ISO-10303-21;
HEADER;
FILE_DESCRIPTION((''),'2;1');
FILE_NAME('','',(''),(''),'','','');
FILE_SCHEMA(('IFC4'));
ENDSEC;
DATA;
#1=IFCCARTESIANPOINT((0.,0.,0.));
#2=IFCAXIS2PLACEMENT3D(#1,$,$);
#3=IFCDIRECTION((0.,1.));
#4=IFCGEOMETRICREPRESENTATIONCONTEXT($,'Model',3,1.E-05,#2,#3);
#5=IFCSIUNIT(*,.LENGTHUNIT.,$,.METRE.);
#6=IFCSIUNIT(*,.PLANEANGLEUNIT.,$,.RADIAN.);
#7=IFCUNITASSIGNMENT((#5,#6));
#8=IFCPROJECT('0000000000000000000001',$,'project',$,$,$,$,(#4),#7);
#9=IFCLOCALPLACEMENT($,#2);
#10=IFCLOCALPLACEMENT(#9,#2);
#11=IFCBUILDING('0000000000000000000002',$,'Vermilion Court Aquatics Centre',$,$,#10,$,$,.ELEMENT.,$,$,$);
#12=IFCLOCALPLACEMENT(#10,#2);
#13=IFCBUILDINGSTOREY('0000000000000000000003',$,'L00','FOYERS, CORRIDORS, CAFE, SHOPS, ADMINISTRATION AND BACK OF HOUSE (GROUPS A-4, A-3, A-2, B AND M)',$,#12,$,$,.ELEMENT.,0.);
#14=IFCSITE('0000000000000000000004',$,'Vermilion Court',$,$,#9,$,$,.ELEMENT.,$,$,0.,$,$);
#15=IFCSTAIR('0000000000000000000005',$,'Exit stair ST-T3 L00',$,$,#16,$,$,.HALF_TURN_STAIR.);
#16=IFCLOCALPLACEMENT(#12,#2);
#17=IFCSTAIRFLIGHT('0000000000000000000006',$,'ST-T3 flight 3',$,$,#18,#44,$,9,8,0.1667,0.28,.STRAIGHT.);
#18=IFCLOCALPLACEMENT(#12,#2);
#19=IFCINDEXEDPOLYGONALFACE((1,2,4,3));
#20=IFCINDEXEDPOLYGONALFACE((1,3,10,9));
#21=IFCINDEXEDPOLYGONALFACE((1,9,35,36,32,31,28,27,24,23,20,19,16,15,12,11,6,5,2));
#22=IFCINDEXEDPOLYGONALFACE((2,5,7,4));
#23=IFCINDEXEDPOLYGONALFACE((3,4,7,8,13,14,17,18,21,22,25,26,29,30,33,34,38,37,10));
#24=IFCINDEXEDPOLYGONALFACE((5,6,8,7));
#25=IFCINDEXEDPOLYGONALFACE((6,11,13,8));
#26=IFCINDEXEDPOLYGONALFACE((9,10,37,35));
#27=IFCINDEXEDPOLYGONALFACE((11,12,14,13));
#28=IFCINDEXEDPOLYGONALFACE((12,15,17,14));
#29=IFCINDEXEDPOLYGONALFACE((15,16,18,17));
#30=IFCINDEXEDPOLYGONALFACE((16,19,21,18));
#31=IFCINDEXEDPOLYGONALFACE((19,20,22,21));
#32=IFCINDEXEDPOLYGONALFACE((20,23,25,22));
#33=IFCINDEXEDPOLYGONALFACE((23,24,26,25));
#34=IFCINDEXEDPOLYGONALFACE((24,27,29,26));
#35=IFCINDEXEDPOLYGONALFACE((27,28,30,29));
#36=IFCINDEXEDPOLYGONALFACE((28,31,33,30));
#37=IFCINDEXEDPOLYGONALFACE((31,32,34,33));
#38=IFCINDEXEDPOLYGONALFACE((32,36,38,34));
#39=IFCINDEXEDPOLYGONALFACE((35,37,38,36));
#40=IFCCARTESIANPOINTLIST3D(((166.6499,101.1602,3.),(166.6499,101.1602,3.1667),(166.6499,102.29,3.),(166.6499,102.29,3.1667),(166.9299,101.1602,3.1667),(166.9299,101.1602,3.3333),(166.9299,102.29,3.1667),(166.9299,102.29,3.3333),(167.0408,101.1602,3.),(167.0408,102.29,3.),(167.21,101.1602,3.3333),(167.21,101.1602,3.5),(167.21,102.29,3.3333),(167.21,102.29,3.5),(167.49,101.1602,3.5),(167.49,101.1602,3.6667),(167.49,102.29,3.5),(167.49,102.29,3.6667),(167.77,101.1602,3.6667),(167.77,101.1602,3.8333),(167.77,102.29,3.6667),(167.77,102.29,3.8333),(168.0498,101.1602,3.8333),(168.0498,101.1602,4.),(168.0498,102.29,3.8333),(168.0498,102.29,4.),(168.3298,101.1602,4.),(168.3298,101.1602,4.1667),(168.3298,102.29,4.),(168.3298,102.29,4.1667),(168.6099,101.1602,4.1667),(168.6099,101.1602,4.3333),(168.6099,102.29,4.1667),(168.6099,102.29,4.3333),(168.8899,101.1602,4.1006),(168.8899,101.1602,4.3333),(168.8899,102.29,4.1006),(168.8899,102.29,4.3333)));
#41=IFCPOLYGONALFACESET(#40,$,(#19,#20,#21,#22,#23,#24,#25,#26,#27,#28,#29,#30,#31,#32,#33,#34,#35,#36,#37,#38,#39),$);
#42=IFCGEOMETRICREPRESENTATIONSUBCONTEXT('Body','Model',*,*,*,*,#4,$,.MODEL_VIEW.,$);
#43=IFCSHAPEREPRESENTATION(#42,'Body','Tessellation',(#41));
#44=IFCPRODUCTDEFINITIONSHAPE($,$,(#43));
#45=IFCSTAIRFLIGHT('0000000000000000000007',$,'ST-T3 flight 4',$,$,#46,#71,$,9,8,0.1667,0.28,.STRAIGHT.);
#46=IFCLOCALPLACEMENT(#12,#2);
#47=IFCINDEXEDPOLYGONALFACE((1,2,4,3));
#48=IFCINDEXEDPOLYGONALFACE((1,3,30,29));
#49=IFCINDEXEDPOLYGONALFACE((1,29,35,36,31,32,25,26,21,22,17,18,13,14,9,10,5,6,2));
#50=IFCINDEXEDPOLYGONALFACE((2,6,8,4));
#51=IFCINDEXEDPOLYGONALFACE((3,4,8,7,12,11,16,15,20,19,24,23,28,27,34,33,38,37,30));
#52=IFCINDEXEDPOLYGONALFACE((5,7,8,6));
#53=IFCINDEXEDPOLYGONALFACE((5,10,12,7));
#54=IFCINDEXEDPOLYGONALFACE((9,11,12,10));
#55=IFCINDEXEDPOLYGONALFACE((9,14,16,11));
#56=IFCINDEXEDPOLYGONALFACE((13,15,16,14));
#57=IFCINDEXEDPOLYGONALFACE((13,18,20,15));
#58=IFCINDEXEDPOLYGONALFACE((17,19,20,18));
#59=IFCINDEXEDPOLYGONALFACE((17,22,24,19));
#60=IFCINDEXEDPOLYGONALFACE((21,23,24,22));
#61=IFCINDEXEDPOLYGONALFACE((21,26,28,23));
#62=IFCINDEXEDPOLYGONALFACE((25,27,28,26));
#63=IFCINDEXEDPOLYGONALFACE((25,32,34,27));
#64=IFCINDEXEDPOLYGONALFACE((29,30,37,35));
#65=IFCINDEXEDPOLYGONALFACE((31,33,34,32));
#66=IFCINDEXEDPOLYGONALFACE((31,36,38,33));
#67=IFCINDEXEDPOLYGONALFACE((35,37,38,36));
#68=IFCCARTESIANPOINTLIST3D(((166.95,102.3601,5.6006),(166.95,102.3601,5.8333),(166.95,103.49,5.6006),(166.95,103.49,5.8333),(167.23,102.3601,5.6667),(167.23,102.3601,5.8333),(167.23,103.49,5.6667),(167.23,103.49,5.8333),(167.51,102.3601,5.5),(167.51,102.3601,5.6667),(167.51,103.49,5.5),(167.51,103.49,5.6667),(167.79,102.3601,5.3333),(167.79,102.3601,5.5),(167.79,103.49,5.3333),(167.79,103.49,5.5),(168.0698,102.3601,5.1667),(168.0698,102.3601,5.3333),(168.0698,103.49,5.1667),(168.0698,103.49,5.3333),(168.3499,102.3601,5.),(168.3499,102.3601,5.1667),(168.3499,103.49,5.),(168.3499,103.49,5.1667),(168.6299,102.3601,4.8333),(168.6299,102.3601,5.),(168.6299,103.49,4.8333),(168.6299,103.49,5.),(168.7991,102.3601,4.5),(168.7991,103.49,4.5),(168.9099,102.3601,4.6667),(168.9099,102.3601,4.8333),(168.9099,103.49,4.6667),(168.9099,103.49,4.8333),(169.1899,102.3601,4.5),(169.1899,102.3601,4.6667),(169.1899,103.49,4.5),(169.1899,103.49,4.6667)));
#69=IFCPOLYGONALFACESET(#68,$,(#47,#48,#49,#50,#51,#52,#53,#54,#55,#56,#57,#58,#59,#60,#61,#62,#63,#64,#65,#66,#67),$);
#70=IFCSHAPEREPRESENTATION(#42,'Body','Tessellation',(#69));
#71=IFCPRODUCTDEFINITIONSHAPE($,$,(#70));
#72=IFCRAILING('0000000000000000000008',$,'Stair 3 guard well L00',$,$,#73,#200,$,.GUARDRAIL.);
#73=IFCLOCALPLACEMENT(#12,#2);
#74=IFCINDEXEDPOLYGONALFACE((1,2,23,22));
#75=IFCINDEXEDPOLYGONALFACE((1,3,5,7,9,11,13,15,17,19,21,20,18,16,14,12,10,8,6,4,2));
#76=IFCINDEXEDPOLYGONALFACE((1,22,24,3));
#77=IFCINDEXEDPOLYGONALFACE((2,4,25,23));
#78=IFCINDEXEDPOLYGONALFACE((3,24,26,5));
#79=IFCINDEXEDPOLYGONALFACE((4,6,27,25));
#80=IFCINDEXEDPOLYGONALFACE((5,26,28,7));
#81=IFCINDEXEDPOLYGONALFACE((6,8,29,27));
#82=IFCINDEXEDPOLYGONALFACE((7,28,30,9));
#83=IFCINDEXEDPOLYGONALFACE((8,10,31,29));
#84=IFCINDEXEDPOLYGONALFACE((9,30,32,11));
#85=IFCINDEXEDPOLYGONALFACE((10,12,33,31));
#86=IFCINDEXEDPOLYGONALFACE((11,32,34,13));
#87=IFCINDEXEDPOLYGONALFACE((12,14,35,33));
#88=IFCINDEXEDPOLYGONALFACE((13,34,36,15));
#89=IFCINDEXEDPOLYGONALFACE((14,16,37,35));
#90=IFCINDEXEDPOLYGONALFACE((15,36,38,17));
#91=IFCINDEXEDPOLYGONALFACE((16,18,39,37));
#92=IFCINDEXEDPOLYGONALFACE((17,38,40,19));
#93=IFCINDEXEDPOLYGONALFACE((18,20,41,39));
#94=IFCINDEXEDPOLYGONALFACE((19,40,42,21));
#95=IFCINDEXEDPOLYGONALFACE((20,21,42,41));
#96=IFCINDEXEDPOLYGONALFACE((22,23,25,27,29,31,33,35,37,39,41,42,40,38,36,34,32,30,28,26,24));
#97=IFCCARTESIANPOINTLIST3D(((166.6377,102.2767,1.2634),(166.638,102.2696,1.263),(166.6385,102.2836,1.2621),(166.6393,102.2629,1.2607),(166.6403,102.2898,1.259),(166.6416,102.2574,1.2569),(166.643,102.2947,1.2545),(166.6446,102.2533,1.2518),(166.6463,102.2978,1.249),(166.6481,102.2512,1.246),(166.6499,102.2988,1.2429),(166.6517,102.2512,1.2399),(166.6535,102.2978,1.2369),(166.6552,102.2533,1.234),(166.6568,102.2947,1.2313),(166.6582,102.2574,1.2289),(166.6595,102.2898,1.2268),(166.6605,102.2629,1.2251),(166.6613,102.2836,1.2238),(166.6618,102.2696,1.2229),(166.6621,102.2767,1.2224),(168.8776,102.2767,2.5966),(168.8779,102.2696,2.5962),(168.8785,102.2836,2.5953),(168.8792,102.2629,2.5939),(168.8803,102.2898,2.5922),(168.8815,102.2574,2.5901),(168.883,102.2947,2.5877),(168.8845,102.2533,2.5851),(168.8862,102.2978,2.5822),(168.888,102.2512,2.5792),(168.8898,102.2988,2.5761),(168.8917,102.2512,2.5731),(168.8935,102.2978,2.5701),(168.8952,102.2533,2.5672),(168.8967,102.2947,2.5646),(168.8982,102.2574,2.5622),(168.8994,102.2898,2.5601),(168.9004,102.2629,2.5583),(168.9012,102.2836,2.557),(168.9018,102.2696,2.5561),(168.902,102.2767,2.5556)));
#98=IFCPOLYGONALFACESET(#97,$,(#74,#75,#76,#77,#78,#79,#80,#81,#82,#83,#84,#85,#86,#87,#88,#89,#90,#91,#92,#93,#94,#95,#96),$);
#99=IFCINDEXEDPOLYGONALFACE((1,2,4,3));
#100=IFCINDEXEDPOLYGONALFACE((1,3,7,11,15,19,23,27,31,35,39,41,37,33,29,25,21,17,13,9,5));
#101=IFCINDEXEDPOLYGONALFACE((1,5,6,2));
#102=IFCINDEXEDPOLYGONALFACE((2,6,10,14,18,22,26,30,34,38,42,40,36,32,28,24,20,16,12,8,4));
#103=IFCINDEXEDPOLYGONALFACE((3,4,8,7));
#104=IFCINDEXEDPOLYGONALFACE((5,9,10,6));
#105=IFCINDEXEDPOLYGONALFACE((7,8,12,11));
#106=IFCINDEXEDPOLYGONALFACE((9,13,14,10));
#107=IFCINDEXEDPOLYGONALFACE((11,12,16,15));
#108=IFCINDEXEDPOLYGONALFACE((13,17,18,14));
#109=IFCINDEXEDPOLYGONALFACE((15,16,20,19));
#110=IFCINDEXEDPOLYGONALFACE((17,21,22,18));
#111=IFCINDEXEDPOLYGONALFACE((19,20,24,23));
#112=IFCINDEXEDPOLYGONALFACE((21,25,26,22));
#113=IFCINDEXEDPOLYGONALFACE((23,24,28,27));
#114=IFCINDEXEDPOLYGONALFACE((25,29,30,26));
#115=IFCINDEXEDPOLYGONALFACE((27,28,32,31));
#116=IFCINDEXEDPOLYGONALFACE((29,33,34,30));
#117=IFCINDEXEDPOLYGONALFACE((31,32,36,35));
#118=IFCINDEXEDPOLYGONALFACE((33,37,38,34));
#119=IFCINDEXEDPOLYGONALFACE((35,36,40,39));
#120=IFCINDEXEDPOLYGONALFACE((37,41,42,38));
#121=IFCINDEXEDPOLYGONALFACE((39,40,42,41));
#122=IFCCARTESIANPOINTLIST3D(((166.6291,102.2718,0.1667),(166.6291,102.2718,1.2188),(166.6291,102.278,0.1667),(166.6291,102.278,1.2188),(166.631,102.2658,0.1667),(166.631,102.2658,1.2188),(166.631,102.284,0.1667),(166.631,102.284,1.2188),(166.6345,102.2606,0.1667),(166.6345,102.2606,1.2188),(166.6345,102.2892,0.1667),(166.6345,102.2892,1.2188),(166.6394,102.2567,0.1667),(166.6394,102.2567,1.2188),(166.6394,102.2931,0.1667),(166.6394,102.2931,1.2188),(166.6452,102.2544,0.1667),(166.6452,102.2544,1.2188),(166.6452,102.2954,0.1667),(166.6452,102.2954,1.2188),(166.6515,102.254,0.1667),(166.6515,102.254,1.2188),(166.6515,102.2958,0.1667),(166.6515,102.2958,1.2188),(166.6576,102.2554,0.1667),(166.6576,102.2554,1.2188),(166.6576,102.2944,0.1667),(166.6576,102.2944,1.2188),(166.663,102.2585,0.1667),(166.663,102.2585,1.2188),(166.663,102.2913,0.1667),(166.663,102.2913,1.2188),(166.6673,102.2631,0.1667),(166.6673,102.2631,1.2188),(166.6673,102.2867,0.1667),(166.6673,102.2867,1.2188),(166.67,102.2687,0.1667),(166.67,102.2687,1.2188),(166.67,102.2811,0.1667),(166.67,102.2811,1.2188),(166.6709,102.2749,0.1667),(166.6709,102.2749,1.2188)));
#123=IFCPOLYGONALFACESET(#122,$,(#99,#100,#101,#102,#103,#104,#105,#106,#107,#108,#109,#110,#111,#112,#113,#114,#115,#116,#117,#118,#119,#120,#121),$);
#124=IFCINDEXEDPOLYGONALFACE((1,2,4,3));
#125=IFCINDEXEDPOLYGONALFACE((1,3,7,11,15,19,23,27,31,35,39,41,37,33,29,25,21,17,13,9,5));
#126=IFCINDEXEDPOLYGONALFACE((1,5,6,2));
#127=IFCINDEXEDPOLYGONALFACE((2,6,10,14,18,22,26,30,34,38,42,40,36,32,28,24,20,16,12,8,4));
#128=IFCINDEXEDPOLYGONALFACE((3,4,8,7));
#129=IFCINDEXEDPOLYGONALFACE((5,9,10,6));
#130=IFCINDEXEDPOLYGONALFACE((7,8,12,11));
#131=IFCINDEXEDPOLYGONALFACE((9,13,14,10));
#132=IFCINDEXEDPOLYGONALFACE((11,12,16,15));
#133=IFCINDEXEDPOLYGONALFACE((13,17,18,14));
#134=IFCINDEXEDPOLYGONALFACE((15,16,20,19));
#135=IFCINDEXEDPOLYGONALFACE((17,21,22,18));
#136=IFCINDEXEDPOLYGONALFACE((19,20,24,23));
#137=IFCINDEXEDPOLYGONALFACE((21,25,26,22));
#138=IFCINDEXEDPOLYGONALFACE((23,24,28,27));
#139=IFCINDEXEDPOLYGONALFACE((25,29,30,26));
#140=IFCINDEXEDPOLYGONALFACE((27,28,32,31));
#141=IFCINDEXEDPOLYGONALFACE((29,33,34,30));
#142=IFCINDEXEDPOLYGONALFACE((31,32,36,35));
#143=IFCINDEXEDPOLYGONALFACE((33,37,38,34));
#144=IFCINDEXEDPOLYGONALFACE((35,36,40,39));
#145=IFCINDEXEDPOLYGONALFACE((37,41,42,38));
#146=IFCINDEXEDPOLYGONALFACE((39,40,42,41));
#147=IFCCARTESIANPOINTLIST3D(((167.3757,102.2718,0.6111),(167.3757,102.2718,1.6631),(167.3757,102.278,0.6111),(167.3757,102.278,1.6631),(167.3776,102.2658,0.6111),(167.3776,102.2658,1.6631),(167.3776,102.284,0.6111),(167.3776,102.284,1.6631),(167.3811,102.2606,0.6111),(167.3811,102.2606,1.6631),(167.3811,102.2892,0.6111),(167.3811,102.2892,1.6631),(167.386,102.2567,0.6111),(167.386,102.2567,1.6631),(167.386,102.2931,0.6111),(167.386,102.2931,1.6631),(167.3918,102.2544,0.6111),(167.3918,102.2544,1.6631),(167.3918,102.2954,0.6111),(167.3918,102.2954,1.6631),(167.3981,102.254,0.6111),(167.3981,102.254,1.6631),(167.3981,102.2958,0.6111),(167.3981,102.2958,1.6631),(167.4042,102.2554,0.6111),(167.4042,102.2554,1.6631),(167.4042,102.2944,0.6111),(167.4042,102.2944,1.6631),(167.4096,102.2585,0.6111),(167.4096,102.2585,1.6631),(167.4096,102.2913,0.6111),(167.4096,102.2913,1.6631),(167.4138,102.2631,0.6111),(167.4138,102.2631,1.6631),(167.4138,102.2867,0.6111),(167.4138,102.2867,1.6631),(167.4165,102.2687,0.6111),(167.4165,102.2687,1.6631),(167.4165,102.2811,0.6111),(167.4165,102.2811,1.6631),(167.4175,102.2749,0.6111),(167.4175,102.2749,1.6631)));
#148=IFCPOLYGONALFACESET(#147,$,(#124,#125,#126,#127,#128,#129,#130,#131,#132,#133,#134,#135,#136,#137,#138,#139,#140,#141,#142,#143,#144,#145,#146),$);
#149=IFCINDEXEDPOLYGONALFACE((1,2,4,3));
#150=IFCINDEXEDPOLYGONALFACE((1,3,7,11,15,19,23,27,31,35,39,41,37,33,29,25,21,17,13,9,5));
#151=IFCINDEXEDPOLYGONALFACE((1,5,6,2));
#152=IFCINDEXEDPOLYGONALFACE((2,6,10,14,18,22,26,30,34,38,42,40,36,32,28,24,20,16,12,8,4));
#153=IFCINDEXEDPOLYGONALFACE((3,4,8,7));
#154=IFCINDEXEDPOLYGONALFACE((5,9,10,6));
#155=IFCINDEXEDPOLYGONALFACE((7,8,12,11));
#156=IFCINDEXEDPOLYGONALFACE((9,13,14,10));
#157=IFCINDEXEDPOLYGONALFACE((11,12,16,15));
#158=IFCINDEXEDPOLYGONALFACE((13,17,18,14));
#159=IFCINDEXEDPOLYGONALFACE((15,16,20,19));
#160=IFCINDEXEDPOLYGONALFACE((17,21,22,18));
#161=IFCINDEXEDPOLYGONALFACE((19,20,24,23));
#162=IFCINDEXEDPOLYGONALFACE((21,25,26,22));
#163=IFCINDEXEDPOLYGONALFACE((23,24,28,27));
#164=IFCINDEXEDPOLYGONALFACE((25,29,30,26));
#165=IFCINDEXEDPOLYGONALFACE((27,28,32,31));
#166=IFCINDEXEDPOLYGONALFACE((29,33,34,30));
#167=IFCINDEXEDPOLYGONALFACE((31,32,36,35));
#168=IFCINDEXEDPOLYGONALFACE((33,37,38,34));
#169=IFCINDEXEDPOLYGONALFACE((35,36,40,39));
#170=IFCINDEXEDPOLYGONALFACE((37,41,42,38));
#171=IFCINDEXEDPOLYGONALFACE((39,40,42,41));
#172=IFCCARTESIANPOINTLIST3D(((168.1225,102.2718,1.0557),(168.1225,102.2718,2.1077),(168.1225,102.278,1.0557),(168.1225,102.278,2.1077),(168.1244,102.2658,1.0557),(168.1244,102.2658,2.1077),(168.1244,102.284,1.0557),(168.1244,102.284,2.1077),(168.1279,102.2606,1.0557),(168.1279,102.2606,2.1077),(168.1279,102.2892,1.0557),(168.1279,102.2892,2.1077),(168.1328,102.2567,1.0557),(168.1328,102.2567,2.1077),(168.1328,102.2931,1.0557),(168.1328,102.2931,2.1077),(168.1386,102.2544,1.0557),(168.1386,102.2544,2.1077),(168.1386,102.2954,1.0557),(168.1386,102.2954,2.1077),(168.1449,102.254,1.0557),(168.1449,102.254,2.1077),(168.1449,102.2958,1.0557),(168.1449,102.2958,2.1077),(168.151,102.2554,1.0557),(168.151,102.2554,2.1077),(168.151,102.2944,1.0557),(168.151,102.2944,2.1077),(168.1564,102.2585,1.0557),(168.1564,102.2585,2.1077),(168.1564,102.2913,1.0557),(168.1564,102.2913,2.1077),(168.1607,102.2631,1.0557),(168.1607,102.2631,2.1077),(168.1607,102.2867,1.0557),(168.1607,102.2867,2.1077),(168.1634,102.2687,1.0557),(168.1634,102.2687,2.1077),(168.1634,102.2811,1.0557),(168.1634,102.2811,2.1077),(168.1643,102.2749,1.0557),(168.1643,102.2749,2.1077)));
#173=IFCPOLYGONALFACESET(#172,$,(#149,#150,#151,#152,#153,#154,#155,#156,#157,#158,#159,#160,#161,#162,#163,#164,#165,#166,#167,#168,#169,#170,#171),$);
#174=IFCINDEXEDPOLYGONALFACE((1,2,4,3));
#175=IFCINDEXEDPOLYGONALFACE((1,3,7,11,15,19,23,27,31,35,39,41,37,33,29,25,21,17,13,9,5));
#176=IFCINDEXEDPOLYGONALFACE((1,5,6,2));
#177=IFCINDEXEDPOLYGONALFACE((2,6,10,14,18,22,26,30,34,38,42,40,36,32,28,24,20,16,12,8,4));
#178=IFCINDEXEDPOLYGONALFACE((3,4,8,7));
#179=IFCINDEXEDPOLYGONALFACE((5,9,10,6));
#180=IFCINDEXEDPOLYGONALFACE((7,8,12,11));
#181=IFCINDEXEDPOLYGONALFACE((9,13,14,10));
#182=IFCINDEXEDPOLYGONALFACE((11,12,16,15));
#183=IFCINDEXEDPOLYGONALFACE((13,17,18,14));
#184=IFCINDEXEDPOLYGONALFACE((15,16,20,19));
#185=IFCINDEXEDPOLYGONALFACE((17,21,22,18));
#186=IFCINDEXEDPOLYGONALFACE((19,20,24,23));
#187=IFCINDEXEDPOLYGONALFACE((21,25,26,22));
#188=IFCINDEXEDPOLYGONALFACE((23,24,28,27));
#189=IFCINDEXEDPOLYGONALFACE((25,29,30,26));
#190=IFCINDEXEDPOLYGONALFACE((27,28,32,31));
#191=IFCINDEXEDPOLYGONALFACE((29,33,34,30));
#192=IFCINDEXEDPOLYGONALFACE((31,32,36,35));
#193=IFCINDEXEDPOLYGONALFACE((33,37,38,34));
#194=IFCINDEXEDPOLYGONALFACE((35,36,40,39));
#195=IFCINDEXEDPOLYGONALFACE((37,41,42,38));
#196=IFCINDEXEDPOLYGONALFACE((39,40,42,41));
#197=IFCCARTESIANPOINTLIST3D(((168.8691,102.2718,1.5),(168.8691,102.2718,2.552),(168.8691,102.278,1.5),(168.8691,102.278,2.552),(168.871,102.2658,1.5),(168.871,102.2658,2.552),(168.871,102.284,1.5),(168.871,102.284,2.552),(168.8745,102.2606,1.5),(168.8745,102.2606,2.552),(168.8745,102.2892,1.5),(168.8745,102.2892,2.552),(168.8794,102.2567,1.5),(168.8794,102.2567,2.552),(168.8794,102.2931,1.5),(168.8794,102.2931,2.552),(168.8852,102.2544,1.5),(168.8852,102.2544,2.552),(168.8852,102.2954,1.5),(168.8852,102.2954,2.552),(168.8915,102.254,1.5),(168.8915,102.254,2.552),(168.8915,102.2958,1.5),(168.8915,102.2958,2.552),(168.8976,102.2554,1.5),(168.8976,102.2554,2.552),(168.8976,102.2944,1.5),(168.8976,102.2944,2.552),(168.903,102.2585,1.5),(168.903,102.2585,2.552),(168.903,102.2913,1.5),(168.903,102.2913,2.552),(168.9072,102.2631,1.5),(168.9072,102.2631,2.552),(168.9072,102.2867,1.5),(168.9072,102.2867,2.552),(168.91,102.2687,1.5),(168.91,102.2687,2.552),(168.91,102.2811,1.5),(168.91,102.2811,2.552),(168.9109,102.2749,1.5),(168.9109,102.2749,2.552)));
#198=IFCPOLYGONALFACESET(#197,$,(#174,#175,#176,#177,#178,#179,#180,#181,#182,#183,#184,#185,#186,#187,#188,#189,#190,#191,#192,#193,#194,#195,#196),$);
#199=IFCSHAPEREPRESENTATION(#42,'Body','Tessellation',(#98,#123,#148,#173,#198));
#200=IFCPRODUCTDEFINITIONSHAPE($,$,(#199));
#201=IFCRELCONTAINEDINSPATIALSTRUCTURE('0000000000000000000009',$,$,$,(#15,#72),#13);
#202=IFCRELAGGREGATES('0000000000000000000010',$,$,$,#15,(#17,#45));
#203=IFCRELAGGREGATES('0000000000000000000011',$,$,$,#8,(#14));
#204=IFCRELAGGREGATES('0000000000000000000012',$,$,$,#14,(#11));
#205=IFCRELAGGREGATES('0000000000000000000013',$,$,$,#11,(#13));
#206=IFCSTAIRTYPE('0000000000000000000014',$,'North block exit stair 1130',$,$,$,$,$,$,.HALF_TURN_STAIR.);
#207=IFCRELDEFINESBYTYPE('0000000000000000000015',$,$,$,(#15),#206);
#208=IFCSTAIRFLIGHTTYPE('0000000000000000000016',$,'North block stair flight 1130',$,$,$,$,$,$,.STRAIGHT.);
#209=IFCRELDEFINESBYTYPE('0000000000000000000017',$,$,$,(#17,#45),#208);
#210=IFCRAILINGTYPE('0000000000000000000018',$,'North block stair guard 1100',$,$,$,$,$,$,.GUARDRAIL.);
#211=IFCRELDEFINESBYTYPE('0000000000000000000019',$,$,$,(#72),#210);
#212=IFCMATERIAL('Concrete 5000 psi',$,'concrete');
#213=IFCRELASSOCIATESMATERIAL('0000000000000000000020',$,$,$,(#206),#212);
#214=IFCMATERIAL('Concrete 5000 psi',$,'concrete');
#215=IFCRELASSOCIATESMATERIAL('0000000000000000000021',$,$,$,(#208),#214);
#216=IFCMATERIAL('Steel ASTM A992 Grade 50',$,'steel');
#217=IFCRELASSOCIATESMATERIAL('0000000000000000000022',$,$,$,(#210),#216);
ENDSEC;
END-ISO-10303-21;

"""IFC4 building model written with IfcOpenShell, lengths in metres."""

from ifc_helpers import new_model, si_unit, direction, frame, origin, origin_2d, place, context, subcontext, project, spatial, polyline, circle, outline, extrude, material, type_object, element, aggregate, save


model = new_model("IFC4")

# Units and contexts
model_context = context("Model", 3, precision=1e-05, world=origin(), true_north=direction((0.0, 1.0)))
body_context = subcontext(model_context, "Body", "Model", "MODEL_VIEW")
ifc_project = project(units=[si_unit("LENGTHUNIT", "METRE"), si_unit("PLANEANGLEUNIT", "RADIAN")], contexts=[model_context])

# Site, building, storey
site_placement = place(None, origin())
site = spatial("IfcSite", under=ifc_project, at=site_placement, Name="Vermilion Court", CompositionType="ELEMENT", RefElevation=0.0)
building_placement = place(site_placement, origin())
building = spatial("IfcBuilding", under=site, at=building_placement, Name="Vermilion Court Aquatics Centre", CompositionType="ELEMENT")
storey_placement = place(building_placement, origin())
storey = spatial("IfcBuildingStorey", under=building, at=storey_placement, Name="L00", Description="FOYERS, CORRIDORS, CAFE, SHOPS, ADMINISTRATION AND BACK OF HOUSE (GROUPS A-4, A-3, A-2, B AND M)", CompositionType="ELEMENT", Elevation=0.0)

# Stair, stair flights
ifc_material_1 = material(Name="Concrete 5000 psi", Category="concrete")
stair_type = type_object("IfcStairType", Name="North block exit stair 1130", PredefinedType="HALF_TURN_STAIR", material=ifc_material_1)
stair_placement = place(storey_placement, origin())
stair = element("IfcStair", 1, at=stair_placement, inside=storey, type_object=stair_type, Name="Exit stair ST-T3 L00", PredefinedType="HALF_TURN_STAIR")
ifc_material_2 = material(Name="Concrete 5000 psi", Category="concrete")
stair_flight_type = type_object("IfcStairFlightType", Name="North block stair flight 1130", PredefinedType="STRAIGHT", material=ifc_material_2)
stair_flight_1_placement = place(storey_placement, frame((166.6499, 101.7251, 3.0), z_axis=(0.0, 0.0, 1.0), x_axis=(1.0, 0.0, 0.0)))
stair_flight_1 = element("IfcStairFlight", 2, at=stair_flight_1_placement, type_object=stair_flight_type, Name="ST-T3 flight 3", NumberOfRisers=9, NumberOfTreads=8, PredefinedType="STRAIGHT", RiserHeight=0.1667, TreadLength=0.28, context=body_context, shape_type="SweptSolid", body=[
    extrude(outline(polyline([(0.0, 0.0), (0.0, 0.1667), (0.28, 0.1667), (0.28, 0.3333), (0.5601, 0.3333), (0.5601, 0.5), (0.8401, 0.5), (0.8401, 0.6667), (1.1201, 0.6667), (1.1201, 0.8333), (1.3999, 0.8333), (1.3999, 1.0), (1.6799, 1.0), (1.6799, 1.1667), (1.96, 1.1667), (1.96, 1.3333), (2.24, 1.3333), (2.24, 1.5), (2.24, 1.1006), (0.3909, 0.0), (0.0, 0.0)])), frame((0.0, 0.5649, 0.0), z_axis=(0.0, -1.0, 0.0), x_axis=(1.0, 0.0, 0.0)), (0.0, 0.0, 1.0), 1.1299),
])
stair_flight_2_placement = place(storey_placement, frame((169.1899, 102.925, 4.5), z_axis=(0.0, 0.0, 1.0), x_axis=(-1.0, 0.0, 0.0)))
stair_flight_2 = element("IfcStairFlight", 3, at=stair_flight_2_placement, type_object=stair_flight_type, Name="ST-T3 flight 4", NumberOfRisers=9, NumberOfTreads=8, PredefinedType="STRAIGHT", RiserHeight=0.1667, TreadLength=0.28, context=body_context, shape_type="SweptSolid", body=[
    extrude(outline(polyline([(0.0, 0.0), (0.0, 0.1667), (0.28, 0.1667), (0.28, 0.3333), (0.5601, 0.3333), (0.5601, 0.5), (0.8401, 0.5), (0.8401, 0.6667), (1.1201, 0.6667), (1.1201, 0.8333), (1.3999, 0.8333), (1.3999, 1.0), (1.6799, 1.0), (1.6799, 1.1667), (1.96, 1.1667), (1.96, 1.3333), (2.24, 1.3333), (2.24, 1.5), (2.24, 1.1006), (0.3909, 0.0), (0.0, 0.0)])), frame((0.0, 0.5649, 0.0), z_axis=(0.0, -1.0, 0.0), x_axis=(1.0, 0.0, 0.0)), (0.0, 0.0, 1.0), 1.1299),
])
aggregate(stair, [stair_flight_1, stair_flight_2])

# Railing
ifc_material_3 = material(Name="Steel ASTM A992 Grade 50", Category="steel")
railing_type_1 = type_object("IfcRailingType", Name="North block stair guard 1100", PredefinedType="GUARDRAIL", material=ifc_material_3)
for number, where, name in (
    (4, (166.6499, 102.2749, 0.1667), "Stair 3 guard well L00"),
):
    element("IfcRailing", number, at=place(storey_placement, frame(where)), inside=storey, type_object=railing_type_1, Name=name, PredefinedType="GUARDRAIL", context=body_context, shape_type="SweptSolid", body=[
        extrude(circle(Radius=0.0239, at=origin_2d()), frame((0.0, 0.0, 1.0762), z_axis=(0.859306, 0.0, 0.511462), x_axis=(0.0, 1.0, 0.0)), (0.0, 0.0, 1.0), 2.6067),
        extrude(circle(Radius=0.021, at=origin_2d()), origin(), (0.0, 0.0, 1.0), 1.052),
        extrude(circle(Radius=0.021, at=origin_2d()), frame((0.7466, 0.0, 0.4443)), (0.0, 0.0, 1.0), 1.052),
        extrude(circle(Radius=0.021, at=origin_2d()), frame((1.4934, 0.0, 0.8889)), (0.0, 0.0, 1.0), 1.052),
        extrude(circle(Radius=0.021, at=origin_2d()), frame((2.24, 0.0, 1.3333)), (0.0, 0.0, 1.0), 1.052),
    ])

save(model, "model.ifc")
